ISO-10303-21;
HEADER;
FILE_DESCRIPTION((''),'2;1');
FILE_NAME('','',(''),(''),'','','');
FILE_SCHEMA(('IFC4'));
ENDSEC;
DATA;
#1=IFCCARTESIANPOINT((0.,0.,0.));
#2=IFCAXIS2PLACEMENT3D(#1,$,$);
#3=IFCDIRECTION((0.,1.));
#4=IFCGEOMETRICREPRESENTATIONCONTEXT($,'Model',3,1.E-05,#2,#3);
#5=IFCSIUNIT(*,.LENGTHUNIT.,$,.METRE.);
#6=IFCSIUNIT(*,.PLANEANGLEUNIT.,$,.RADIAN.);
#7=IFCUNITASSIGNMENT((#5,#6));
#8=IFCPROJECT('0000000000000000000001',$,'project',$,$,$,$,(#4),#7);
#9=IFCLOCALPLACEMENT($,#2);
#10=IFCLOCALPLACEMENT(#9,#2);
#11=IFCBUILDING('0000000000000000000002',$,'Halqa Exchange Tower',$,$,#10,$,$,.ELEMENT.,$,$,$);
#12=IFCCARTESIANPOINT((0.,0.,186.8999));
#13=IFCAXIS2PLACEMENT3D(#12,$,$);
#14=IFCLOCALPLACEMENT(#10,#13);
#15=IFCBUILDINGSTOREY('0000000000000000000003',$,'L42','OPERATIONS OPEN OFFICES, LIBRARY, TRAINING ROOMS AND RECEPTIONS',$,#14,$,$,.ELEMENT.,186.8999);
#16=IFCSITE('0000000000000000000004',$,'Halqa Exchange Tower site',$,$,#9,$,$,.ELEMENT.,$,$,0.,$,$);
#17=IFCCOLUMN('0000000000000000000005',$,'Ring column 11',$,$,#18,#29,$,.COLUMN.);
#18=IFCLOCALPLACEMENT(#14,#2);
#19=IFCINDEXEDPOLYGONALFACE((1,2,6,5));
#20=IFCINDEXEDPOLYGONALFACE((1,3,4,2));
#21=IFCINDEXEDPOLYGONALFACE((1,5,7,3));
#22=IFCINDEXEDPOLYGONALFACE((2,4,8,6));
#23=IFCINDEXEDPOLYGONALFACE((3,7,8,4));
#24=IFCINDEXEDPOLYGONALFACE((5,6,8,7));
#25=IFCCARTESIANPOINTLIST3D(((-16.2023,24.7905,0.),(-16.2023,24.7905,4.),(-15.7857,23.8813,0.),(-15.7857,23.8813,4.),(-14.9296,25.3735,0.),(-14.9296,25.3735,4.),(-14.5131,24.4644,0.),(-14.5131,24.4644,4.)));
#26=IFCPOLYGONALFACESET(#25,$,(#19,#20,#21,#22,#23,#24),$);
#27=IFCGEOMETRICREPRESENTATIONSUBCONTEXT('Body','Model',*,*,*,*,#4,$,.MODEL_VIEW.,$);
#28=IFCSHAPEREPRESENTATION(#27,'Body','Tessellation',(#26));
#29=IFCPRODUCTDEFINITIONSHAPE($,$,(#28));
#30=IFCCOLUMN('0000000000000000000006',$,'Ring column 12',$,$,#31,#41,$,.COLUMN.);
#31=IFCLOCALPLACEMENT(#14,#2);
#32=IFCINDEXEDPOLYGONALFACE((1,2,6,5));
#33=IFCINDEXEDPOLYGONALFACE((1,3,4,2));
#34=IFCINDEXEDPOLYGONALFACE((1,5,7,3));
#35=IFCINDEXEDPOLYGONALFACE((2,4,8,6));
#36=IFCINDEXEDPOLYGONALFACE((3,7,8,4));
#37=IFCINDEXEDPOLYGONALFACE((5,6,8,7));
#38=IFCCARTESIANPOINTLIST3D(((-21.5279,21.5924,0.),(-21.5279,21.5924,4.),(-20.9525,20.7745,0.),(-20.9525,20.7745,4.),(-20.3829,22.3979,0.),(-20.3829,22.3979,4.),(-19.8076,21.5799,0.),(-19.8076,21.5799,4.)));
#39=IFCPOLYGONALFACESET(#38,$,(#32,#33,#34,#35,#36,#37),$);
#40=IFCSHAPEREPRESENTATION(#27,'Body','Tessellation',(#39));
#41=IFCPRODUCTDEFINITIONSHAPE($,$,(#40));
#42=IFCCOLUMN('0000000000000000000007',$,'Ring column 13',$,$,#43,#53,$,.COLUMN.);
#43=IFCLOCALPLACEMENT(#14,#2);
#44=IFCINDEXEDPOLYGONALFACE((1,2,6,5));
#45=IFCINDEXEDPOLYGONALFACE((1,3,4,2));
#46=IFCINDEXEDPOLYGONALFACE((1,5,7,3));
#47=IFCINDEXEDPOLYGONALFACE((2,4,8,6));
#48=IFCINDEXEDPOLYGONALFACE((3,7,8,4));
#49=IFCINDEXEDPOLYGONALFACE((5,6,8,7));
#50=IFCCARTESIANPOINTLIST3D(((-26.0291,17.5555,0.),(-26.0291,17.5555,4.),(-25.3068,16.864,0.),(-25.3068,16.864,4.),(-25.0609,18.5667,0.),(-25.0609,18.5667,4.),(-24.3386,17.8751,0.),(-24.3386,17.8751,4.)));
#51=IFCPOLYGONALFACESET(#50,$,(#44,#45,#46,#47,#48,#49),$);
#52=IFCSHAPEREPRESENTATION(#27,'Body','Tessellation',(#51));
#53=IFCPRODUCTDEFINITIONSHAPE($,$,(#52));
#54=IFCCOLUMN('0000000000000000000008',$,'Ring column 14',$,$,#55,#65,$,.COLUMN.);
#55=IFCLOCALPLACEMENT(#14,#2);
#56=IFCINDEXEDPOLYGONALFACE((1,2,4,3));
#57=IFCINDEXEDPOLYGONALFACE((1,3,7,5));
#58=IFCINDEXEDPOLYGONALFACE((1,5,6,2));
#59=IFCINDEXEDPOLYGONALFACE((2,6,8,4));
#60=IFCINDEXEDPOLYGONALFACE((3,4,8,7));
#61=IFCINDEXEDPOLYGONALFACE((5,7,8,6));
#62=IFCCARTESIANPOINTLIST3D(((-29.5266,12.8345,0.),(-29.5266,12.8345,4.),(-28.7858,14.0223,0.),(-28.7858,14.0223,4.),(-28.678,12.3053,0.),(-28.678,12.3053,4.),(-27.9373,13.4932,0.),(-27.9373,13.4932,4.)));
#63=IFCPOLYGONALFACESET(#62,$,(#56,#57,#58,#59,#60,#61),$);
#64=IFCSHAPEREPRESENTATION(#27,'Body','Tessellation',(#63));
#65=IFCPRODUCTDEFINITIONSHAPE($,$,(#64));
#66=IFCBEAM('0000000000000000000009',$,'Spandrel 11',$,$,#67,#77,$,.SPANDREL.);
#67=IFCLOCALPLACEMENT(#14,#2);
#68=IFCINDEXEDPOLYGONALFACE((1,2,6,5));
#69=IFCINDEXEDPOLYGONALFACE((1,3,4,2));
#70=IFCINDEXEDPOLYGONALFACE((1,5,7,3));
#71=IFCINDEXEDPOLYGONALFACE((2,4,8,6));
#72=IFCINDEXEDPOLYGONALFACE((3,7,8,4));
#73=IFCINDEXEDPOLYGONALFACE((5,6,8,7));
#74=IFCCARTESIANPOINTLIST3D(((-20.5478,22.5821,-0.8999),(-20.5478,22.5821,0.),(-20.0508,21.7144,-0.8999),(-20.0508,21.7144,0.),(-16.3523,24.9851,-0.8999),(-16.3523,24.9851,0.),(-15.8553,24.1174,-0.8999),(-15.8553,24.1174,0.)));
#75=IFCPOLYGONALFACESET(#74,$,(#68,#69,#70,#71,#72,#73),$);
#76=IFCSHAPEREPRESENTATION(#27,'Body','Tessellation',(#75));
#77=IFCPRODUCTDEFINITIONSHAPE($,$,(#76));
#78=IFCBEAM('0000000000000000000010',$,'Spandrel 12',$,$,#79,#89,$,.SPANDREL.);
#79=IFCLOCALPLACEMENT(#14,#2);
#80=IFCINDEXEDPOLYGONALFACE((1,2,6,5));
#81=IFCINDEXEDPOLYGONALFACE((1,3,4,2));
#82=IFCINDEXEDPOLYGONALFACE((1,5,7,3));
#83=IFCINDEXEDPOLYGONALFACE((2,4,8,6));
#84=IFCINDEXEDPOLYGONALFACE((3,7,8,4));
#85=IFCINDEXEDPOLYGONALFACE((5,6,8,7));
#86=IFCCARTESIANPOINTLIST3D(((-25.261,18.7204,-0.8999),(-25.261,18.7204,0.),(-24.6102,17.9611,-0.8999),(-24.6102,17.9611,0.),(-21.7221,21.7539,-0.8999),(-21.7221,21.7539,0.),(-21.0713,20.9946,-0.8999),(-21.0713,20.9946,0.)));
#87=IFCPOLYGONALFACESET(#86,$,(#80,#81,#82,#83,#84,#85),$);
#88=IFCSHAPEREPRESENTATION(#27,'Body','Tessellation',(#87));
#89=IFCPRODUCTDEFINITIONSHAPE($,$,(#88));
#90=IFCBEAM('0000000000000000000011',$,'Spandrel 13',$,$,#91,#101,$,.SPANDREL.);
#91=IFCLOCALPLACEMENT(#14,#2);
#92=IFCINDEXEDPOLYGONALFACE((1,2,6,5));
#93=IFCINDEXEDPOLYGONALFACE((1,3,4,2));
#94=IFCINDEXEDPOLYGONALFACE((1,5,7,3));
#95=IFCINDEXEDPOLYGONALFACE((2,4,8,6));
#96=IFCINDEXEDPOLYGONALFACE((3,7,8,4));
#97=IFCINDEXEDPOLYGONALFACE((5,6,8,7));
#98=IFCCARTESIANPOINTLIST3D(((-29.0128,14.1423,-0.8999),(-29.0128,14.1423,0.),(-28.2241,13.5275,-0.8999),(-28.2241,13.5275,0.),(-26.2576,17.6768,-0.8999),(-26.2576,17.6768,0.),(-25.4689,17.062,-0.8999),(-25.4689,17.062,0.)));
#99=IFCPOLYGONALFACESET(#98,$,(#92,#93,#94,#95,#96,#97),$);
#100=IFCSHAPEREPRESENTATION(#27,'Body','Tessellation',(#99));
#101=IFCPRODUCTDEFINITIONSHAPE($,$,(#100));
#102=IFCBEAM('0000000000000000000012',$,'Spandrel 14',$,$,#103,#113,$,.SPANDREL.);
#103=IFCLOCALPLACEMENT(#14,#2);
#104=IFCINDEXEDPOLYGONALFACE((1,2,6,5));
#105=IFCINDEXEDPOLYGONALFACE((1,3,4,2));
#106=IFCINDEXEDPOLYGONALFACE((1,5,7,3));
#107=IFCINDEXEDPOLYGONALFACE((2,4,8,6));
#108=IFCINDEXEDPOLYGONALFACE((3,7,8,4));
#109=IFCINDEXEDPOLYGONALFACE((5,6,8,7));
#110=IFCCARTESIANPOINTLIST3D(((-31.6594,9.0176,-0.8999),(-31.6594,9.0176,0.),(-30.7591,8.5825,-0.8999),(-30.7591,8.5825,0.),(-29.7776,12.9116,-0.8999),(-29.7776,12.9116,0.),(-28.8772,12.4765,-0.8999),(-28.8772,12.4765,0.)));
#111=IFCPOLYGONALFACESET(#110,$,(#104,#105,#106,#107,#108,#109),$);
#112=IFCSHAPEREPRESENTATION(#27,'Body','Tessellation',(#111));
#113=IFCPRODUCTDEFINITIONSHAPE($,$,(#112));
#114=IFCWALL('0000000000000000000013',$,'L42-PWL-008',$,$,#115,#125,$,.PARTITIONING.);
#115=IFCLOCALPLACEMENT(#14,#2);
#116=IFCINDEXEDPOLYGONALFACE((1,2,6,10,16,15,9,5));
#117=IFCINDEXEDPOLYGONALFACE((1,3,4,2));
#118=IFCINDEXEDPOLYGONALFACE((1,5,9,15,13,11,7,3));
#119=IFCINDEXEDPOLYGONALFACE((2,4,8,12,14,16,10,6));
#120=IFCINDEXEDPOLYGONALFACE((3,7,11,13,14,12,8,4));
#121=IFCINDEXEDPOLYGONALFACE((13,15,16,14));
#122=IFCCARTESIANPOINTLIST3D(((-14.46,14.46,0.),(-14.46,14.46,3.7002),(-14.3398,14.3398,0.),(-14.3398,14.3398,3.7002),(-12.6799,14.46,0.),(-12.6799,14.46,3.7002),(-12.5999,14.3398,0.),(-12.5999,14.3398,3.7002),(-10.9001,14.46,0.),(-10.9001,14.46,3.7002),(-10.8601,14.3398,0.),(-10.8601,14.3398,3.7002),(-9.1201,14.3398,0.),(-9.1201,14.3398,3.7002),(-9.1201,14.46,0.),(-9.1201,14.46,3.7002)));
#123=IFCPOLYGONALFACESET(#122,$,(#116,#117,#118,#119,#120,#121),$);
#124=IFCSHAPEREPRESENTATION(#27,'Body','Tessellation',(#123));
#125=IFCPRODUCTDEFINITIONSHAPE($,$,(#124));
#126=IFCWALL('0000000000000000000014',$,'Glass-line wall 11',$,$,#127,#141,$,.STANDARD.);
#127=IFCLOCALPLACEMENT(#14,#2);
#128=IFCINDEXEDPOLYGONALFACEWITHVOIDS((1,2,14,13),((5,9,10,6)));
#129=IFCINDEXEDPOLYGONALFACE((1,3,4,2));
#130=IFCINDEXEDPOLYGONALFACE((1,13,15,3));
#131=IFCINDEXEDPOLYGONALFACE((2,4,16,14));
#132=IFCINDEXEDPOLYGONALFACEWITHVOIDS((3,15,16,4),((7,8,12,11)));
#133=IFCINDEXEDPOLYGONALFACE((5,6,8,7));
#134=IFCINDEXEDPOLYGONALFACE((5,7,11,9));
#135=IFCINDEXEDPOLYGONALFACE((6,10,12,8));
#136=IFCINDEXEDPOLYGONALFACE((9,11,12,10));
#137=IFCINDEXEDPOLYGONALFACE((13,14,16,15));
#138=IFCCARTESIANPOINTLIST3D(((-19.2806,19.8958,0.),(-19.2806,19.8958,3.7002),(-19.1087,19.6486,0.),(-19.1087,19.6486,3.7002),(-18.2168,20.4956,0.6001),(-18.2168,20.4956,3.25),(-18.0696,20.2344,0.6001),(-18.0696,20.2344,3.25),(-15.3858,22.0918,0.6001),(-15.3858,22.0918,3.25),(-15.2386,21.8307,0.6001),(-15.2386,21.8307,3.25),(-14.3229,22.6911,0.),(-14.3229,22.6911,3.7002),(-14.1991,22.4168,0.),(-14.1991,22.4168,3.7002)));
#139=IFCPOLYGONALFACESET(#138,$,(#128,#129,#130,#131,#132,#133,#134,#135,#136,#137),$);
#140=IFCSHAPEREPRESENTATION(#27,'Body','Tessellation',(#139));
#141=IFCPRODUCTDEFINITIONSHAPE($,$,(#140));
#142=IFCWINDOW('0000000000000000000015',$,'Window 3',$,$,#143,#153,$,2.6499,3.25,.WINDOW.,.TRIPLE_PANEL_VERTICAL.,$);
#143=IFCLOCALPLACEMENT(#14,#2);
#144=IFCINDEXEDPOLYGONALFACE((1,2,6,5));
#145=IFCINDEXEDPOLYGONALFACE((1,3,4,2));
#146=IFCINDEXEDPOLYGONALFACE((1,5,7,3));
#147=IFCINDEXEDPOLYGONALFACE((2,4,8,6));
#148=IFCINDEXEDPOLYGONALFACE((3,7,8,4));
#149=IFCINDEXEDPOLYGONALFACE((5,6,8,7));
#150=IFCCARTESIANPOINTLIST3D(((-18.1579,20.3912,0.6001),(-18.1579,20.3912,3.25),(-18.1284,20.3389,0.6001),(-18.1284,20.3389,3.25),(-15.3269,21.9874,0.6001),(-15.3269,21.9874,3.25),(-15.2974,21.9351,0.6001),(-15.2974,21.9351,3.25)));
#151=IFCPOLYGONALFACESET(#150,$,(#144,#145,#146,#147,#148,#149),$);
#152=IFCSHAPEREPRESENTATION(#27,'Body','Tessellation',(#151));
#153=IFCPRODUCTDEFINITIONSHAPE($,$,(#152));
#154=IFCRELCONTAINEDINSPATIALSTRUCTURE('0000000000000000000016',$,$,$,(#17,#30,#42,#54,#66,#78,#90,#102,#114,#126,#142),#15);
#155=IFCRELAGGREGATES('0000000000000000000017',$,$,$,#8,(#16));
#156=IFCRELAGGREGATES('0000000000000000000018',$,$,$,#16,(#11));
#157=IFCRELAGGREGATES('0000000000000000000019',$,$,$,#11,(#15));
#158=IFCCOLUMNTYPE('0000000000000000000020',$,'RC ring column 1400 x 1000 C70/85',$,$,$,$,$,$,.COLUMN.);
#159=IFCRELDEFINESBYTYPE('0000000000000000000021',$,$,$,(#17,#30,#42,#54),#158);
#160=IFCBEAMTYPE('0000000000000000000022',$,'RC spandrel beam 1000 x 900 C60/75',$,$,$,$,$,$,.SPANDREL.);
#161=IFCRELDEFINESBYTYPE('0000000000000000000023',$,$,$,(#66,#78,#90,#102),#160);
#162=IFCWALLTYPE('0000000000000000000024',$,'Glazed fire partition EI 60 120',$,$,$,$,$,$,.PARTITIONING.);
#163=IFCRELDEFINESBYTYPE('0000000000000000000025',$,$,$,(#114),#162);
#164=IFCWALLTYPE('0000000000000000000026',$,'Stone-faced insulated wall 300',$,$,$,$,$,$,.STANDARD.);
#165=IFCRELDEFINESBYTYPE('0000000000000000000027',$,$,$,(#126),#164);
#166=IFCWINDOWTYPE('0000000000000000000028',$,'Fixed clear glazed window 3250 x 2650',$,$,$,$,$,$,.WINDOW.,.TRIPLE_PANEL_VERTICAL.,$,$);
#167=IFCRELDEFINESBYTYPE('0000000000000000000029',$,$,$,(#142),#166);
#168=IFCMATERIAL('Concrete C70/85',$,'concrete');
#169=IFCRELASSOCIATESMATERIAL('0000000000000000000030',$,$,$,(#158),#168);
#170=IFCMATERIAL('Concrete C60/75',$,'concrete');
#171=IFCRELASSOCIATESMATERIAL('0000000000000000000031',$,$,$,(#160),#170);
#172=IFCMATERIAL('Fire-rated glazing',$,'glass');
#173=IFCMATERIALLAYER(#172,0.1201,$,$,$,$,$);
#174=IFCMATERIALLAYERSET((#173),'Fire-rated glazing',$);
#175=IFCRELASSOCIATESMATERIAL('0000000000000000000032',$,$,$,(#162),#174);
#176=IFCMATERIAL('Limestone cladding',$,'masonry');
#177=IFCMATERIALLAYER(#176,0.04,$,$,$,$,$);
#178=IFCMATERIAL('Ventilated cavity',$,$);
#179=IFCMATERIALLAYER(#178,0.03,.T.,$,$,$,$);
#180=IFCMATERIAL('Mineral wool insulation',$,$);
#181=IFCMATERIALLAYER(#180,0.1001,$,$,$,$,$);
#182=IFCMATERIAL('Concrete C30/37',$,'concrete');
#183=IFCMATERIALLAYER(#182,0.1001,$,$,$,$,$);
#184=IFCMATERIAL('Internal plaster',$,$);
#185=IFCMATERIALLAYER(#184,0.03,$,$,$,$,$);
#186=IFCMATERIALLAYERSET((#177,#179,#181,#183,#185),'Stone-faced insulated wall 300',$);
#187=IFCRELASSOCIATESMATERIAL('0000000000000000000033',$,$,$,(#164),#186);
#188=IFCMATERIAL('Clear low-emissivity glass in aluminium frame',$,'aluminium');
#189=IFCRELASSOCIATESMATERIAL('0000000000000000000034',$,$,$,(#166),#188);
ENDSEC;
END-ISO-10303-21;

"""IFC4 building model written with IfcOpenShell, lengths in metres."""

from ifc_helpers import new_model, si_unit, direction, frame, frame_2d, origin, origin_2d, place, context, subcontext, project, spatial, polyline, rectangle, outline, extrude, material, layer, layer_set, material_profile, profile_set, type_object, element, fill, save


model = new_model("IFC4")

# Units and contexts
model_context = context("Model", 3, precision=1e-05, world=origin(), true_north=direction((0.0, 1.0)))
body_context = subcontext(model_context, "Body", "Model", "MODEL_VIEW")
ifc_project = project(units=[si_unit("LENGTHUNIT", "METRE"), si_unit("PLANEANGLEUNIT", "RADIAN")], contexts=[model_context])

# Site, building, storey
site_placement = place(None, origin())
site = spatial("IfcSite", under=ifc_project, at=site_placement, Name="Halqa Exchange Tower site", CompositionType="ELEMENT", RefElevation=0.0)
building_placement = place(site_placement, origin())
building = spatial("IfcBuilding", under=site, at=building_placement, Name="Halqa Exchange Tower", CompositionType="ELEMENT")
storey_placement = place(building_placement, frame((0.0, 0.0, 186.8999)))
storey = spatial("IfcBuildingStorey", under=building, at=storey_placement, Name="L42", Description="OPERATIONS OPEN OFFICES, LIBRARY, TRAINING ROOMS AND RECEPTIONS", CompositionType="ELEMENT", Elevation=186.8999)

# Columns
ifc_material_1 = material(Name="Concrete C70/85", Category="concrete")
ifc_material_profile_1 = material_profile(ifc_material_1, rectangle(XDim=1.3999, YDim=1.0, at=origin_2d()), Name="1400 x 1000")
ifc_profile_set_1 = profile_set([ifc_material_profile_1], Name="Concrete C70/85")
column_type = type_object("IfcColumnType", Name="RC ring column 1400 x 1000 C70/85", PredefinedType="COLUMN", material=ifc_profile_set_1)
for number, where, z_axis, x_axis, name in (
    (1, (-15.3577, 24.6274, 0.0), (0.0, 0.0, 1.0), (-0.909126, -0.416522, 0.0), "Ring column 11"),
    (2, (-20.6677, 21.5862, 0.0), (0.0, 0.0, 1.0), (-0.817906, -0.575352, 0.0), "Ring column 12"),
    (3, (-25.1838, 17.7153, 0.0), (0.0, 0.0, 1.0), (-0.691576, -0.722304, 0.0), "Ring column 13"),
    (4, (-28.7319, 13.1638, 0.0), (0.0, 0.0, 1.0), (-0.529145, -0.848531, 0.0), "Ring column 14"),
):
    element("IfcColumn", number, at=place(storey_placement, frame(where, z_axis=z_axis, x_axis=x_axis)), inside=storey, type_object=column_type, Name=name, PredefinedType="COLUMN", context=body_context, shape_type="SweptSolid", body=[
        extrude(rectangle(XDim=1.3999, YDim=1.0, at=origin_2d()), origin(), (0.0, 0.0, 1.0), 4.0),
    ])

# Beams
ifc_material_2 = material(Name="Concrete C60/75", Category="concrete")
ifc_material_profile_2 = material_profile(ifc_material_2, rectangle(XDim=1.0, YDim=0.8999, at=origin_2d()), Name="1000 x 900")
ifc_profile_set_2 = profile_set([ifc_material_profile_2], Name="Concrete C60/75")
beam_type = type_object("IfcBeamType", Name="RC spandrel beam 1000 x 900 C60/75", PredefinedType="SPANDREL", material=ifc_profile_set_2)
beam_1_placement = place(storey_placement, frame((-16.1038, 24.5513, -0.45), z_axis=(-0.867742, -0.497014, 0.0), x_axis=(0.497014, -0.867742, 0.0)))
element("IfcBeam", 5, at=beam_1_placement, inside=storey, type_object=beam_type, Name="Spandrel 11", PredefinedType="SPANDREL", context=body_context, shape_type="SweptSolid", body=[
    extrude(rectangle(XDim=1.0, YDim=0.8999, at=origin_2d()), origin(), (0.0, 0.0, 1.0), 4.835),
])
beam_2_placement = place(storey_placement, frame((-21.3967, 21.3743, -0.45), z_axis=(-0.759238, -0.650813, 0.0), x_axis=(0.650813, -0.759238, 0.0)))
element("IfcBeam", 6, at=beam_2_placement, inside=storey, type_object=beam_type, Name="Spandrel 12", PredefinedType="SPANDREL", context=body_context, shape_type="SweptSolid", body=[
    extrude(rectangle(XDim=1.0, YDim=0.8999, at=origin_2d()), origin(), (0.0, 0.0, 1.0), 4.6611),
])
beam_3_placement = place(storey_placement, frame((-25.8633, 17.3694, -0.45), z_axis=(-0.614793, -0.788689, 0.0), x_axis=(0.788689, -0.614793, 0.0)))
element("IfcBeam", 7, at=beam_3_placement, inside=storey, type_object=beam_type, Name="Spandrel 13", PredefinedType="SPANDREL", context=body_context, shape_type="SweptSolid", body=[
    extrude(rectangle(XDim=1.0, YDim=0.8999, at=origin_2d()), origin(), (0.0, 0.0, 1.0), 4.4814),
])
beam_4_placement = place(storey_placement, frame((-29.3274, 12.6941, -0.45), z_axis=(-0.435115, -0.900375, 0.0), x_axis=(0.900375, -0.435115, 0.0)))
element("IfcBeam", 8, at=beam_4_placement, inside=storey, type_object=beam_type, Name="Spandrel 14", PredefinedType="SPANDREL", context=body_context, shape_type="SweptSolid", body=[
    extrude(rectangle(XDim=1.0, YDim=0.8999, at=origin_2d()), origin(), (0.0, 0.0, 1.0), 4.325),
])

# Wall
ifc_material_3 = material(Name="Fire-rated glazing", Category="glass")
ifc_layer_1 = layer(ifc_material_3, 0.1201)
ifc_layer_set_1 = layer_set([ifc_layer_1], Name="Fire-rated glazing")
wall_type_1 = type_object("IfcWallType", Name="Glazed fire partition EI 60 120", PredefinedType="PARTITIONING", material=ifc_layer_set_1)
wall_1_placement = place(storey_placement, frame((-14.46, 14.3999, 0.0), z_axis=(0.0, 0.0, 1.0), x_axis=(1.0, 0.0, 0.0)))
element("IfcWall", 9, at=wall_1_placement, inside=storey, type_object=wall_type_1, Name="L42-PWL-008", PredefinedType="PARTITIONING", context=body_context, shape_type="SweptSolid", body=[
    extrude(outline(polyline([(5.3398, 0.0601), (3.5598, 0.0601), (1.78, 0.0601), (0.0, 0.0601), (0.1201, -0.0601), (1.8601, -0.0601), (3.5999, -0.0601), (5.3398, -0.0601), (5.3398, 0.0601)])), origin(), (0.0, 0.0, 1.0), 3.7002),
])

# Wall, opening, window
ifc_material_4 = material(Name="Limestone cladding", Category="masonry")
ifc_layer_2 = layer(ifc_material_4, 0.04)
ifc_material_5 = material(Name="Ventilated cavity")
ifc_layer_3 = layer(ifc_material_5, 0.03, ventilated=True)
ifc_material_6 = material(Name="Mineral wool insulation")
ifc_layer_4 = layer(ifc_material_6, 0.1001)
ifc_material_7 = material(Name="Concrete C30/37", Category="concrete")
ifc_layer_5 = layer(ifc_material_7, 0.1001)
ifc_material_8 = material(Name="Internal plaster")
ifc_layer_6 = layer(ifc_material_8, 0.03)
ifc_layer_set_2 = layer_set([ifc_layer_2, ifc_layer_3, ifc_layer_4, ifc_layer_5, ifc_layer_6], Name="Stone-faced insulated wall 300")
wall_type_2 = type_object("IfcWallType", Name="Stone-faced insulated wall 300", PredefinedType="STANDARD", material=ifc_layer_set_2)
wall_2_placement = place(storey_placement, frame((-14.261, 22.554, 0.0), z_axis=(0.0, 0.0, 1.0), x_axis=(-0.871078, -0.491145, 0.0)))
wall_2 = element("IfcWall", 10, at=wall_2_placement, inside=storey, type_object=wall_type_2, Name="Glass-line wall 11", PredefinedType="STANDARD", context=body_context, shape_type="SweptSolid", body=[
    extrude(outline(polyline([(-0.0134, -0.1499), (5.678, -0.1499), (5.6497, 0.1499), (0.0134, 0.1499), (-0.0134, -0.1499)])), origin(), (0.0, 0.0, 1.0), 3.7002),
])
opening_1_placement = place(wall_2_placement, frame((1.2068, 0.0, 0.6001)))
opening_1 = element("IfcOpeningElement", 11, at=opening_1_placement, cuts=wall_2, PredefinedType="OPENING", context=body_context, shape_type="SweptSolid", body=[
    extrude(rectangle(XDim=3.25, YDim=2.6499, at=frame_2d((1.625, 1.325))), frame((0.0, 0.1621, 0.0), z_axis=(0.0, -1.0, 0.0), x_axis=(1.0, 0.0, 0.0)), (0.0, 0.0, 1.0), 0.324),
])
ifc_material_9 = material(Name="Clear low-emissivity glass in aluminium frame", Category="aluminium")
window_type = type_object("IfcWindowType", Name="Fixed clear glazed window 3250 x 2650", PartitioningType="TRIPLE_PANEL_VERTICAL", PredefinedType="WINDOW", material=ifc_material_9)
window_1_placement = place(opening_1_placement, origin())
window_1 = element("IfcWindow", 12, at=window_1_placement, inside=storey, type_object=window_type, Name="Window 3", OverallHeight=2.6499, OverallWidth=3.25, PartitioningType="TRIPLE_PANEL_VERTICAL", PredefinedType="WINDOW", context=body_context, shape_type="SweptSolid", body=[
    extrude(rectangle(XDim=3.25, YDim=2.6499, at=frame_2d((1.625, 1.325))), frame((0.0, 0.03, 0.0), z_axis=(0.0, -1.0, 0.0), x_axis=(1.0, 0.0, 0.0)), (0.0, 0.0, 1.0), 0.0601),
])
fill(opening_1, window_1)

save(model, "model.ifc")
